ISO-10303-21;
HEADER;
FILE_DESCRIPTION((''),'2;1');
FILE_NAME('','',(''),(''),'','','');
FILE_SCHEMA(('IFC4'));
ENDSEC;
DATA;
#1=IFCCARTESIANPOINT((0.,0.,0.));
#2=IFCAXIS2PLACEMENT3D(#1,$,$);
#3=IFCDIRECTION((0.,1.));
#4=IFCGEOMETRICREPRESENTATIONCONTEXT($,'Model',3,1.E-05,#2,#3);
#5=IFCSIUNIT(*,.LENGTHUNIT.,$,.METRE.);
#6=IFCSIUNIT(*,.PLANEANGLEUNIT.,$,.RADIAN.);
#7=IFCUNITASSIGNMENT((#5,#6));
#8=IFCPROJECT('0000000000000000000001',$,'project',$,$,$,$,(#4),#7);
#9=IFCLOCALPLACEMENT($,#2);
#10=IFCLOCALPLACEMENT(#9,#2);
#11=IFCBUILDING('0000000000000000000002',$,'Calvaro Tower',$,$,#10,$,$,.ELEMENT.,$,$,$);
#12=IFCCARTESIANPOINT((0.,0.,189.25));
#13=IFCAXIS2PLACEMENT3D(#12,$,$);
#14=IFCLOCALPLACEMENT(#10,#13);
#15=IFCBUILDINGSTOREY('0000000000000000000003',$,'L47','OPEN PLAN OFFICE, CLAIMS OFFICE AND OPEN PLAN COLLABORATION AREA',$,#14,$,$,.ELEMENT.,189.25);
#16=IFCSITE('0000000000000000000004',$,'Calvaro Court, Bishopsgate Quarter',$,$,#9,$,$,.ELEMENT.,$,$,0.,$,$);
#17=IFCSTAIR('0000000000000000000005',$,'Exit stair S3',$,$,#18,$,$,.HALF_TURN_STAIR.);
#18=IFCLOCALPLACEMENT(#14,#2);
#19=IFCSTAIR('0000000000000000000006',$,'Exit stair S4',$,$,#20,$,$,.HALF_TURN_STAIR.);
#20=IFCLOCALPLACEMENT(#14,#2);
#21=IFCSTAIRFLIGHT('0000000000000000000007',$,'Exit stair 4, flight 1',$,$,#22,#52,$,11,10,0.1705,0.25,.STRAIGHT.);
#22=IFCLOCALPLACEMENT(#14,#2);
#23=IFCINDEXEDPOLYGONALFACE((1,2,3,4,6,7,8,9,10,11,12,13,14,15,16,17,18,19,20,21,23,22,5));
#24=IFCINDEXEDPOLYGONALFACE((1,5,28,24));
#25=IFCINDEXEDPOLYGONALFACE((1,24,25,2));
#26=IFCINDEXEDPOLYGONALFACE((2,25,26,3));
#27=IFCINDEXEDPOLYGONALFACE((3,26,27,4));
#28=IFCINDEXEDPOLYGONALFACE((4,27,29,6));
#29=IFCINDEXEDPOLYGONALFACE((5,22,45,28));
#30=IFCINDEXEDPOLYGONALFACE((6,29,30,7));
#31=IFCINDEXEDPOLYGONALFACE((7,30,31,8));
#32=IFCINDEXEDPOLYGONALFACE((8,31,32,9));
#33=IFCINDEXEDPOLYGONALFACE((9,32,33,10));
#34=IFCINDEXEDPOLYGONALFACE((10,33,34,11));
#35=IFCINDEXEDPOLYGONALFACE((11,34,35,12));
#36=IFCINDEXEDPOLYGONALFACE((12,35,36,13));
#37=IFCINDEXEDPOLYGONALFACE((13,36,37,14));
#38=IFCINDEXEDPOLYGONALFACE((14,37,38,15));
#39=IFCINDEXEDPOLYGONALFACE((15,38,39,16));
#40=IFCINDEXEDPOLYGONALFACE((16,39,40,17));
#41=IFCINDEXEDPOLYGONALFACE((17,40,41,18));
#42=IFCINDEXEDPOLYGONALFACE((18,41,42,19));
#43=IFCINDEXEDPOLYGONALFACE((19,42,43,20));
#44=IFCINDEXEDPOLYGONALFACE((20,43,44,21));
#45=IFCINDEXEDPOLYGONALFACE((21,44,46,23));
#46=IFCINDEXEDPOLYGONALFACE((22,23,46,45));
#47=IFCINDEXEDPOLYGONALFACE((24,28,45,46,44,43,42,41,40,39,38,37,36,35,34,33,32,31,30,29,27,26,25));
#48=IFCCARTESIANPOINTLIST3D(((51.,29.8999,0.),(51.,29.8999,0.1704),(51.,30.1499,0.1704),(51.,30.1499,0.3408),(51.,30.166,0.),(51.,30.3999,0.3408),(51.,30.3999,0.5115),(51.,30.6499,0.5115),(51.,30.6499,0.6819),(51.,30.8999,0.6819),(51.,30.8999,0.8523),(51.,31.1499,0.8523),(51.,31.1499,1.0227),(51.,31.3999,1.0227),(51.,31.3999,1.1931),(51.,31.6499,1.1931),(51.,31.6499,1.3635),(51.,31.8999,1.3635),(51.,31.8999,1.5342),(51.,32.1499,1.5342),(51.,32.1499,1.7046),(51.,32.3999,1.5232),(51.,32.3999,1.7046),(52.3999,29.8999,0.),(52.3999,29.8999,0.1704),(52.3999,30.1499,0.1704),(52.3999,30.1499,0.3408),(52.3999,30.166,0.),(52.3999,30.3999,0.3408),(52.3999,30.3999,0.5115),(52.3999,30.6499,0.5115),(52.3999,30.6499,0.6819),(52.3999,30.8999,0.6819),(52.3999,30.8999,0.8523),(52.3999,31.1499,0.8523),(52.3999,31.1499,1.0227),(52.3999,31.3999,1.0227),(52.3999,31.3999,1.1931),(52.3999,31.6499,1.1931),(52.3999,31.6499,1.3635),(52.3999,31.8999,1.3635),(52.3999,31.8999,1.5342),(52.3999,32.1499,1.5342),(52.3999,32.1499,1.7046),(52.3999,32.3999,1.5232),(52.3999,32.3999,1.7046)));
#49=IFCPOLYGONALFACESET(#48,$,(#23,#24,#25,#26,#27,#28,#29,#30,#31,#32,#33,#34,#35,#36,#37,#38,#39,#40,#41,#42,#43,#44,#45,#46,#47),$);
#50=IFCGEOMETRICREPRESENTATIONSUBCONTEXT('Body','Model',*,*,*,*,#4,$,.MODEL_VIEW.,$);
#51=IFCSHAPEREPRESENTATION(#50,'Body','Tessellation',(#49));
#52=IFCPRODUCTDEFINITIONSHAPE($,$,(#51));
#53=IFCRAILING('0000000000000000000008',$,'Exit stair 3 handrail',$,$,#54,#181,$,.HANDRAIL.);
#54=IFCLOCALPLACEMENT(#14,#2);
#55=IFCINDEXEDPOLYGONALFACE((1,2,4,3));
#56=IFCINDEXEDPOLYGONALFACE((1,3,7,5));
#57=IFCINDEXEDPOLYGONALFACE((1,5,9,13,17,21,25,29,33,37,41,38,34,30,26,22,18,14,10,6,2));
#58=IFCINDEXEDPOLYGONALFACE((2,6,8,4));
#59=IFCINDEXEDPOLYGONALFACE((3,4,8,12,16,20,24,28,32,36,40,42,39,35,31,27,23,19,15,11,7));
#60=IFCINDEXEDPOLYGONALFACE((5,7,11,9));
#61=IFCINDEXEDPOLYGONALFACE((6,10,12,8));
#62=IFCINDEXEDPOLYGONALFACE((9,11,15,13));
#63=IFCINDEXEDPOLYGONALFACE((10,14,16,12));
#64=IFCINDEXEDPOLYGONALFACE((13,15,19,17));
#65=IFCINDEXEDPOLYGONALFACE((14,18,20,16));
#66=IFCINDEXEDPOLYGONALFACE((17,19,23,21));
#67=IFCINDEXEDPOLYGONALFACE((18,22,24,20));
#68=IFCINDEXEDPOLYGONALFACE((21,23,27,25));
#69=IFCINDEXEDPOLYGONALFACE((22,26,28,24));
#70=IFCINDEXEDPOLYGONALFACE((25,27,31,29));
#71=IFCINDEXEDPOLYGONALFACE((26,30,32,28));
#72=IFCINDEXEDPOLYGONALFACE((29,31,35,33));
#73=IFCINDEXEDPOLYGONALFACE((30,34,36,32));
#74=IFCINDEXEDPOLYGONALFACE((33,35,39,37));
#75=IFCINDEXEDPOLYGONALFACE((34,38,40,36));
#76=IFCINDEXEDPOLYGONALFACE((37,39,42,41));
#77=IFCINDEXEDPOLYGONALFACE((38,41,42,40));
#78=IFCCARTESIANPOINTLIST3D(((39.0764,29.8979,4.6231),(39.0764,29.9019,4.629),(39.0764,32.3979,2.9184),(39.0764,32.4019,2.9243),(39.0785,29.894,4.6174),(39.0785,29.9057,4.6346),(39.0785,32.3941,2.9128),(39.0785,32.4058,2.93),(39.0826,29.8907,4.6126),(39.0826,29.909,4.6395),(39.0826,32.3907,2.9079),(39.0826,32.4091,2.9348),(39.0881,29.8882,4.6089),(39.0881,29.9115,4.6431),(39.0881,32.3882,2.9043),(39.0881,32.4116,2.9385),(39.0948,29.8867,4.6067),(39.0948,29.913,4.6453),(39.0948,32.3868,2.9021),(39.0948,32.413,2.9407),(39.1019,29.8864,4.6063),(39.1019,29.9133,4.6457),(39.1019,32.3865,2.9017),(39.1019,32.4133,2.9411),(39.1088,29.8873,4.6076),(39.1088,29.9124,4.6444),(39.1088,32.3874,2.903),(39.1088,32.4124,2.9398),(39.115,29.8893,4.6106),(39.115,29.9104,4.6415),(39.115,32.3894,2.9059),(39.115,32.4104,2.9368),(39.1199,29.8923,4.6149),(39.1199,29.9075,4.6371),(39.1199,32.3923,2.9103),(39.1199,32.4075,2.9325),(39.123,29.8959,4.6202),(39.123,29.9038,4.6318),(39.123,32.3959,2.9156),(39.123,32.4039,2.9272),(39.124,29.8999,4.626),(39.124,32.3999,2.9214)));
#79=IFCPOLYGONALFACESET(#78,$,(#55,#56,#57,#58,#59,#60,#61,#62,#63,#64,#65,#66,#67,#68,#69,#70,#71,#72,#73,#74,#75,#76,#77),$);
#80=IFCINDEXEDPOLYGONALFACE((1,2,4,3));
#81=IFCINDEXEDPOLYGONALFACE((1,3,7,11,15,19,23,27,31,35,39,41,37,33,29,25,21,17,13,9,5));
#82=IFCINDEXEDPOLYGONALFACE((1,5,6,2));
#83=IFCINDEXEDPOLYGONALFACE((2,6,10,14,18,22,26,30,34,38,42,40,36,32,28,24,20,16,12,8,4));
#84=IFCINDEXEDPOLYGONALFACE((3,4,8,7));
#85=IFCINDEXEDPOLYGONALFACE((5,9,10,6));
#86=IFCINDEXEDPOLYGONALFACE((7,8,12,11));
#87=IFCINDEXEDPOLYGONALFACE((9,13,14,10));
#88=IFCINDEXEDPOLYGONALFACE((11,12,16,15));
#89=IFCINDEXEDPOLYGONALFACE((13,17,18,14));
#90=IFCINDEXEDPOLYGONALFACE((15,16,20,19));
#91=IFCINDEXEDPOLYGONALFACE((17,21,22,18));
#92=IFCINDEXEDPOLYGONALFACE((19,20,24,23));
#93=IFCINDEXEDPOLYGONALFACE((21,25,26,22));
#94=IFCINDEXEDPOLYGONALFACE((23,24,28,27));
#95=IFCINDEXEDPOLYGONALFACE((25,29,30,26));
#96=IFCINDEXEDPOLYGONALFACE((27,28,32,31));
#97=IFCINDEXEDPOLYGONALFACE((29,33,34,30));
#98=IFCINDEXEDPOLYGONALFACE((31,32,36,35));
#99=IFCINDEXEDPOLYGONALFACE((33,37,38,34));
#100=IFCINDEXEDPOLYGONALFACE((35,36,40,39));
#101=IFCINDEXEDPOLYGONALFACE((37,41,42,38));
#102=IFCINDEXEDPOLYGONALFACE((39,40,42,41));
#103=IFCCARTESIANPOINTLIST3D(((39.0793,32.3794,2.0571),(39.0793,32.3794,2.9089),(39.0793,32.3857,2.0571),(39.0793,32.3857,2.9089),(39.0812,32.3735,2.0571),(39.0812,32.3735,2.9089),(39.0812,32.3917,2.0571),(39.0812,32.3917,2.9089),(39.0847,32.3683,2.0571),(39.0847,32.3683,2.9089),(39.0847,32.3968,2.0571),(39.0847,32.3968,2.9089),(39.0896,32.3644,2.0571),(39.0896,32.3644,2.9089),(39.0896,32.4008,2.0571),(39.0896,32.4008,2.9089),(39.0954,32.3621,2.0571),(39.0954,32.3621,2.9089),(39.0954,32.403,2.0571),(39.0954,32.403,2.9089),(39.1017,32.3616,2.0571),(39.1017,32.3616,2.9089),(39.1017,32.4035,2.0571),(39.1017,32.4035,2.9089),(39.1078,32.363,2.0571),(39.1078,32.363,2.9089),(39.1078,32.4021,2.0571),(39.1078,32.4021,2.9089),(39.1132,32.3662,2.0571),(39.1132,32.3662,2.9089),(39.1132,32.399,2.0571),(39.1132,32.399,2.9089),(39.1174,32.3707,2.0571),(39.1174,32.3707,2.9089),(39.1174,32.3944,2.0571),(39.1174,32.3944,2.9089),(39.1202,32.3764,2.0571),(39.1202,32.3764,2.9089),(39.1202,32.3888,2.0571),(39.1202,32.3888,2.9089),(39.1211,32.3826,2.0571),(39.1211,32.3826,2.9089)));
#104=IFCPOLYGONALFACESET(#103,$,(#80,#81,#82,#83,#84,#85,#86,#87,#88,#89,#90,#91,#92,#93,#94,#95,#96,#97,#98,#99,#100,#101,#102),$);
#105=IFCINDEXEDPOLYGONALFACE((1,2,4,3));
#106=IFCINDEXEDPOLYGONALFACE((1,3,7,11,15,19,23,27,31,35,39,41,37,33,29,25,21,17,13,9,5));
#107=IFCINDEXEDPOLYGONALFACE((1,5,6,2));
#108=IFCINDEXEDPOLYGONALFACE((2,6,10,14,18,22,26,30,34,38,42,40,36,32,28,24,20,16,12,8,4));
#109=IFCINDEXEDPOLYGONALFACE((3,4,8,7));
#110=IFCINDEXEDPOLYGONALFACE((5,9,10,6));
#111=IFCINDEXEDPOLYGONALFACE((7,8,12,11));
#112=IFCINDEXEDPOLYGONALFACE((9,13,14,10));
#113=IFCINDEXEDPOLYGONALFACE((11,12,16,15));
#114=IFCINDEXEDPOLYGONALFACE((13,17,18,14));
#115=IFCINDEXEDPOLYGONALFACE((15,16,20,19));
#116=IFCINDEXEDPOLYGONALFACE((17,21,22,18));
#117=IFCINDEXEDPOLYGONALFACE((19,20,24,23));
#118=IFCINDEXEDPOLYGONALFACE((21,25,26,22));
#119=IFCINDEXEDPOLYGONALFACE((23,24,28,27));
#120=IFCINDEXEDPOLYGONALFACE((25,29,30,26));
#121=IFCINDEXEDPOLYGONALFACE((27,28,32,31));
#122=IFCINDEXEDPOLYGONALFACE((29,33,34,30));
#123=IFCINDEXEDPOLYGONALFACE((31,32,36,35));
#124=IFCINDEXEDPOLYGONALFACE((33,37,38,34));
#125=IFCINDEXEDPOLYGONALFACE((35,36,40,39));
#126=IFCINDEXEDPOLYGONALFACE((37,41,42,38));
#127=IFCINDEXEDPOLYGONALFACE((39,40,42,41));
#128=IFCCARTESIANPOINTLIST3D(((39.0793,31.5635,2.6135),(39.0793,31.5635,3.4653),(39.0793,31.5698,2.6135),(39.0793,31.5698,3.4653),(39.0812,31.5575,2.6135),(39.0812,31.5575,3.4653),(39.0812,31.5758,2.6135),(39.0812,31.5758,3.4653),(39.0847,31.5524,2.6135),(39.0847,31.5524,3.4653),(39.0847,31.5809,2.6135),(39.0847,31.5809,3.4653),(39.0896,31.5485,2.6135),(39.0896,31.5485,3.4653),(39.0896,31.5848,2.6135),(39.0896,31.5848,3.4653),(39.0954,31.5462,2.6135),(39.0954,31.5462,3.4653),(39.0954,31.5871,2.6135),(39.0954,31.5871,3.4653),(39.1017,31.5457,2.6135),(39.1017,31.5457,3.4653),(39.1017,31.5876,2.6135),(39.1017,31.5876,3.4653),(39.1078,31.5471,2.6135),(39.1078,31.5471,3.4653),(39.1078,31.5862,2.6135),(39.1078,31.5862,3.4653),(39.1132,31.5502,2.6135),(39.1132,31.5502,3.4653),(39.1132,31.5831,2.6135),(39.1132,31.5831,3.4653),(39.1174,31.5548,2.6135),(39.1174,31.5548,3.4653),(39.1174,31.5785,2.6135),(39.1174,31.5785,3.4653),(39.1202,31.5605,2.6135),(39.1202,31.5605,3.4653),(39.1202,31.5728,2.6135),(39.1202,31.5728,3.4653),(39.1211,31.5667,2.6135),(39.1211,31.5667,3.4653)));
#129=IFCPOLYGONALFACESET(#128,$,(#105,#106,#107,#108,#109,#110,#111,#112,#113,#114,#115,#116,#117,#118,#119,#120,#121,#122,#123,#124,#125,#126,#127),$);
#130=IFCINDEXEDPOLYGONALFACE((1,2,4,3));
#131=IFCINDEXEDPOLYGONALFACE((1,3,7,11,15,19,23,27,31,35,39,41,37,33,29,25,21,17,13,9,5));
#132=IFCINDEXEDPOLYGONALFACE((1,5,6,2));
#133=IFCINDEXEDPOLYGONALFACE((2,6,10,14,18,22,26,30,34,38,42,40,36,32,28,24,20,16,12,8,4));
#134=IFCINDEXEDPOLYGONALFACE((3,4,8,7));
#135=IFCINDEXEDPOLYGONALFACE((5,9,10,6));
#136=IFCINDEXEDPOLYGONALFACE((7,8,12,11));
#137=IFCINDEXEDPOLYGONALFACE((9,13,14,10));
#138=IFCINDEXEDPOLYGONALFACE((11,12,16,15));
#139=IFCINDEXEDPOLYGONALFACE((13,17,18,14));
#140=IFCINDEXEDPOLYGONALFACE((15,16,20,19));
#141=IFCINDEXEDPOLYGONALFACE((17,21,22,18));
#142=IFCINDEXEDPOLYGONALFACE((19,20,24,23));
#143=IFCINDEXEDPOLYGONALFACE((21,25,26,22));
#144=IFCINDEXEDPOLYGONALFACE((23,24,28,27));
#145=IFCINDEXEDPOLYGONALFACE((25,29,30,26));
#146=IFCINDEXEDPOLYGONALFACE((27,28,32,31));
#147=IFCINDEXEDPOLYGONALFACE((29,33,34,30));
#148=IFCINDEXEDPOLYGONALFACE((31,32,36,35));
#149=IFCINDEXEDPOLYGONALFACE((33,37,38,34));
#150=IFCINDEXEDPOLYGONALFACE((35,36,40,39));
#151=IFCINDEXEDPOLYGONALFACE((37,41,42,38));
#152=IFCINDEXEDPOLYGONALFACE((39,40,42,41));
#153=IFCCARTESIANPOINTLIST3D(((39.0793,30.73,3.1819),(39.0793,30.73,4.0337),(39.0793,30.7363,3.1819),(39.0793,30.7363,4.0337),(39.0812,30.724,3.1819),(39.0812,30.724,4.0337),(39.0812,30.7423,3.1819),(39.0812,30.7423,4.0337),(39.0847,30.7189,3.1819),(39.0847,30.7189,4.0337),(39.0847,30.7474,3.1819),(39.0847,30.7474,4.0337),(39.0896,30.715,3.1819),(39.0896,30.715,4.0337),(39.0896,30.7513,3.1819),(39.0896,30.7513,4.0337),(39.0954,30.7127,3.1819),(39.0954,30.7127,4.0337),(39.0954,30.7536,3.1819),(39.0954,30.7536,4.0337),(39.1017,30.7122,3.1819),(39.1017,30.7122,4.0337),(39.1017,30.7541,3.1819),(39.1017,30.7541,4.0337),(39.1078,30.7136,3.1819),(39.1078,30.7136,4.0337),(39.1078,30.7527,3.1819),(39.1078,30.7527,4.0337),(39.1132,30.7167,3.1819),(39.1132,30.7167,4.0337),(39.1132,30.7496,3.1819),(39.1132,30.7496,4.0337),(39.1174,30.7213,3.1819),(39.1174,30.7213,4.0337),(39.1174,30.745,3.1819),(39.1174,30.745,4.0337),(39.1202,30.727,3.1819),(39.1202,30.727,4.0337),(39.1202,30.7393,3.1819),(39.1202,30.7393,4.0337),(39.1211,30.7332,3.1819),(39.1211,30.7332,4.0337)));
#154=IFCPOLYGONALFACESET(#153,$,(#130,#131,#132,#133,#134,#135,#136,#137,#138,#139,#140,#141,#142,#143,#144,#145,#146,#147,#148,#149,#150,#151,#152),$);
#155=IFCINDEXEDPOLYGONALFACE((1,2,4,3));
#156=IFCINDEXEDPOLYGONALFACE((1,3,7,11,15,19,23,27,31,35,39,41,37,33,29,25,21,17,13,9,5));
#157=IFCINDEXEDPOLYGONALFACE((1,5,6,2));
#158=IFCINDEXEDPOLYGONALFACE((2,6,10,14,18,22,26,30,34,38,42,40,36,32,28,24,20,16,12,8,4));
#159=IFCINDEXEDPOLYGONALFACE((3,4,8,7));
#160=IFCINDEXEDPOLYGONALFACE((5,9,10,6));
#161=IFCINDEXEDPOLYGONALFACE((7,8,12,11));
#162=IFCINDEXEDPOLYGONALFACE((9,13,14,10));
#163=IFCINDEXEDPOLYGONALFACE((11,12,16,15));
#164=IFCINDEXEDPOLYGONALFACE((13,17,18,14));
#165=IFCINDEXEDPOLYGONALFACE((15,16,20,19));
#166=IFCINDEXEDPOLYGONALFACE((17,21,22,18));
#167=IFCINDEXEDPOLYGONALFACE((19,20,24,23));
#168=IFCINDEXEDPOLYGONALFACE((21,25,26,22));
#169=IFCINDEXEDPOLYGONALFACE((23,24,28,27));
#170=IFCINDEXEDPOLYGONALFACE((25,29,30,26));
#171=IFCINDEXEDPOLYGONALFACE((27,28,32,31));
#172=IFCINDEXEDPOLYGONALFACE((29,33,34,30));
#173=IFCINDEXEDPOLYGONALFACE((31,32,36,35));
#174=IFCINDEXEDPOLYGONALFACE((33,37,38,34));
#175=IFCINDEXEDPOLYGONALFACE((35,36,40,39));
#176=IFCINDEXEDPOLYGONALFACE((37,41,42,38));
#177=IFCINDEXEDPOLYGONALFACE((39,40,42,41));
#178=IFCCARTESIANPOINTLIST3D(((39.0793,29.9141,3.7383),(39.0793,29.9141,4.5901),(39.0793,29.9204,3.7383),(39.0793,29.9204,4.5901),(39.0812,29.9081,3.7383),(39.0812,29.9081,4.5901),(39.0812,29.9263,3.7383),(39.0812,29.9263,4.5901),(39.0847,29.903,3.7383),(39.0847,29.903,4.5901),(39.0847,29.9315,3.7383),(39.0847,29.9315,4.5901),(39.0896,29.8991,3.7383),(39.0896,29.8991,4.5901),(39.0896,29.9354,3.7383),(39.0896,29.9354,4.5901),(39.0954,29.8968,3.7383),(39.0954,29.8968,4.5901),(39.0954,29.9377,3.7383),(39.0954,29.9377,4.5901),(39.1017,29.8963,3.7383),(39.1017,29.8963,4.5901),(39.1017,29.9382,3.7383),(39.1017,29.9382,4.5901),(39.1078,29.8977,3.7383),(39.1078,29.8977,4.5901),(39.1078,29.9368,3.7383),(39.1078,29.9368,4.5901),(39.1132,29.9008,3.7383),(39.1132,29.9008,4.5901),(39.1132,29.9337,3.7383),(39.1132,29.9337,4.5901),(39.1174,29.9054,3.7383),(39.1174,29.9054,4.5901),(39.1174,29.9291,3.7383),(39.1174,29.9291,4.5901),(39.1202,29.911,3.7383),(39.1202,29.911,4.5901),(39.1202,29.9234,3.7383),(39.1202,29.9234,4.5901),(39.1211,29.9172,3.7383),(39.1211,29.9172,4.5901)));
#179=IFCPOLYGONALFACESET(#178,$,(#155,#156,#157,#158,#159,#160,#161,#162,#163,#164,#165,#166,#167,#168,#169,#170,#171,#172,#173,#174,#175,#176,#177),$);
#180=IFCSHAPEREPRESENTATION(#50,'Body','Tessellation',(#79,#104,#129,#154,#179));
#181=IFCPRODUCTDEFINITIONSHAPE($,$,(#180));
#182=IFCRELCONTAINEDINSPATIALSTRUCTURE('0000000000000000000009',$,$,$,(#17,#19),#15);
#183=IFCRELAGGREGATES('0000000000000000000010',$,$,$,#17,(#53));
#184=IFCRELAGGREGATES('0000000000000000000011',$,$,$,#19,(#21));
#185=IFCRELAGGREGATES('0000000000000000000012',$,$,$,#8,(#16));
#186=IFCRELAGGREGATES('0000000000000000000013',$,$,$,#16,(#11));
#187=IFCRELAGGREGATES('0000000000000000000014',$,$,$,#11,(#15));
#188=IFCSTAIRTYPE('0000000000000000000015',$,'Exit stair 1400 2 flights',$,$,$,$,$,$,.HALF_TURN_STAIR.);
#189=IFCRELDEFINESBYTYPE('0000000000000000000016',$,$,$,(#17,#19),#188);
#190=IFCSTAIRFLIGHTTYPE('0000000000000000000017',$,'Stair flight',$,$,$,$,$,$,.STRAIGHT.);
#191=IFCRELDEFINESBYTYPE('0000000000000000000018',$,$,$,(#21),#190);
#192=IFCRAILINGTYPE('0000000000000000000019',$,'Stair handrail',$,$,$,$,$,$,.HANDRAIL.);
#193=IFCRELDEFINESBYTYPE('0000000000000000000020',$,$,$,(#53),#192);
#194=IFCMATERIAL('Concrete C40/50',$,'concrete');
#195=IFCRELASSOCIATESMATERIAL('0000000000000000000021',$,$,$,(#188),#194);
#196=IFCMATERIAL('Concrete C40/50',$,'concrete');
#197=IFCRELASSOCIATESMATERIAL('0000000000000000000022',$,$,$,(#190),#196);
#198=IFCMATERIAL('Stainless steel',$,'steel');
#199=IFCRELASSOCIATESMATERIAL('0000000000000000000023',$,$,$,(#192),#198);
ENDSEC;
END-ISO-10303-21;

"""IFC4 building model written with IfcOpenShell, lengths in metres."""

from ifc_helpers import new_model, si_unit, direction, frame, origin, origin_2d, place, context, subcontext, project, spatial, polyline, circle, outline, extrude, material, type_object, element, aggregate, save


model = new_model("IFC4")

# Units and contexts
model_context = context("Model", 3, precision=1e-05, world=origin(), true_north=direction((0.0, 1.0)))
body_context = subcontext(model_context, "Body", "Model", "MODEL_VIEW")
ifc_project = project(units=[si_unit("LENGTHUNIT", "METRE"), si_unit("PLANEANGLEUNIT", "RADIAN")], contexts=[model_context])

# Site, building, storey
site_placement = place(None, origin())
site = spatial("IfcSite", under=ifc_project, at=site_placement, Name="Calvaro Court, Bishopsgate Quarter", CompositionType="ELEMENT", RefElevation=0.0)
building_placement = place(site_placement, origin())
building = spatial("IfcBuilding", under=site, at=building_placement, Name="Calvaro Tower", CompositionType="ELEMENT")
storey_placement = place(building_placement, frame((0.0, 0.0, 189.25)))
storey = spatial("IfcBuildingStorey", under=building, at=storey_placement, Name="L47", Description="OPEN PLAN OFFICE, CLAIMS OFFICE AND OPEN PLAN COLLABORATION AREA", CompositionType="ELEMENT", Elevation=189.25)

# Stairs, stair flight
ifc_material_1 = material(Name="Concrete C40/50", Category="concrete")
stair_type = type_object("IfcStairType", Name="Exit stair 1400 2 flights", PredefinedType="HALF_TURN_STAIR", material=ifc_material_1)
stair_1_placement = place(storey_placement, origin())
stair_1 = element("IfcStair", 1, at=stair_1_placement, inside=storey, type_object=stair_type, Name="Exit stair S3", PredefinedType="HALF_TURN_STAIR")
ifc_material_2 = material(Name="Concrete C40/50", Category="concrete")
stair_flight_type = type_object("IfcStairFlightType", Name="Stair flight", PredefinedType="STRAIGHT", material=ifc_material_2)
stair_2_placement = place(storey_placement, origin())
stair_2 = element("IfcStair", 2, at=stair_2_placement, inside=storey, type_object=stair_type, Name="Exit stair S4", PredefinedType="HALF_TURN_STAIR")
stair_flight_1_placement = place(storey_placement, frame((51.7, 29.8999, 0.0), z_axis=(0.0, 0.0, 1.0), x_axis=(0.0, 1.0, 0.0)))
stair_flight_1 = element("IfcStairFlight", 3, at=stair_flight_1_placement, type_object=stair_flight_type, Name="Exit stair 4, flight 1", NumberOfRisers=11, NumberOfTreads=10, PredefinedType="STRAIGHT", RiserHeight=0.1705, TreadLength=0.25, context=body_context, shape_type="SweptSolid", body=[
    extrude(outline(polyline([(0.0, 0.0), (0.0, 0.1704), (0.25, 0.1704), (0.25, 0.3408), (0.5, 0.3408), (0.5, 0.5115), (0.75, 0.5115), (0.75, 0.6819), (1.0, 0.6819), (1.0, 0.8523), (1.25, 0.8523), (1.25, 1.0227), (1.5, 1.0227), (1.5, 1.1931), (1.75, 1.1931), (1.75, 1.3635), (2.0, 1.3635), (2.0, 1.5342), (2.25, 1.5342), (2.25, 1.7046), (2.5, 1.7046), (2.5, 1.875), (2.5, 1.5232), (0.2661, 0.0), (0.0, 0.0)])), frame((0.0, 0.7, 0.0), z_axis=(0.0, -1.0, 0.0), x_axis=(1.0, 0.0, 0.0)), (0.0, 0.0, 1.0), 1.3999),
])

# Railing
ifc_material_3 = material(Name="Stainless steel", Category="steel")
railing_type = type_object("IfcRailingType", Name="Stair handrail", PredefinedType="HANDRAIL", material=ifc_material_3)
railing_1_placement = place(storey_placement, frame((39.1001, 32.3999, 2.0454)))
railing_1 = element("IfcRailing", 4, at=railing_1_placement, type_object=railing_type, Name="Exit stair 3 handrail", PredefinedType="HANDRAIL", context=body_context, shape_type="SweptSolid", body=[
    extrude(circle(Radius=0.0239, at=origin_2d()), frame((0.0, 0.0, 0.876), z_axis=(0.0, -0.826221, 0.563347), x_axis=(1.0, 0.0, 0.0)), (0.0, 0.0, 1.0), 3.0259),
    extrude(circle(Radius=0.021, at=origin_2d()), frame((0.0, -0.0173, 0.0117)), (0.0, 0.0, 1.0), 0.8518),
    extrude(circle(Radius=0.021, at=origin_2d()), frame((0.0, -0.8333, 0.5681)), (0.0, 0.0, 1.0), 0.8518),
    extrude(circle(Radius=0.021, at=origin_2d()), frame((0.0, -1.6667, 1.1365)), (0.0, 0.0, 1.0), 0.8518),
    extrude(circle(Radius=0.021, at=origin_2d()), frame((0.0, -2.4827, 1.6929)), (0.0, 0.0, 1.0), 0.8518),
])
aggregate(stair_1, [railing_1])
aggregate(stair_2, [stair_flight_1])

save(model, "model.ifc")
